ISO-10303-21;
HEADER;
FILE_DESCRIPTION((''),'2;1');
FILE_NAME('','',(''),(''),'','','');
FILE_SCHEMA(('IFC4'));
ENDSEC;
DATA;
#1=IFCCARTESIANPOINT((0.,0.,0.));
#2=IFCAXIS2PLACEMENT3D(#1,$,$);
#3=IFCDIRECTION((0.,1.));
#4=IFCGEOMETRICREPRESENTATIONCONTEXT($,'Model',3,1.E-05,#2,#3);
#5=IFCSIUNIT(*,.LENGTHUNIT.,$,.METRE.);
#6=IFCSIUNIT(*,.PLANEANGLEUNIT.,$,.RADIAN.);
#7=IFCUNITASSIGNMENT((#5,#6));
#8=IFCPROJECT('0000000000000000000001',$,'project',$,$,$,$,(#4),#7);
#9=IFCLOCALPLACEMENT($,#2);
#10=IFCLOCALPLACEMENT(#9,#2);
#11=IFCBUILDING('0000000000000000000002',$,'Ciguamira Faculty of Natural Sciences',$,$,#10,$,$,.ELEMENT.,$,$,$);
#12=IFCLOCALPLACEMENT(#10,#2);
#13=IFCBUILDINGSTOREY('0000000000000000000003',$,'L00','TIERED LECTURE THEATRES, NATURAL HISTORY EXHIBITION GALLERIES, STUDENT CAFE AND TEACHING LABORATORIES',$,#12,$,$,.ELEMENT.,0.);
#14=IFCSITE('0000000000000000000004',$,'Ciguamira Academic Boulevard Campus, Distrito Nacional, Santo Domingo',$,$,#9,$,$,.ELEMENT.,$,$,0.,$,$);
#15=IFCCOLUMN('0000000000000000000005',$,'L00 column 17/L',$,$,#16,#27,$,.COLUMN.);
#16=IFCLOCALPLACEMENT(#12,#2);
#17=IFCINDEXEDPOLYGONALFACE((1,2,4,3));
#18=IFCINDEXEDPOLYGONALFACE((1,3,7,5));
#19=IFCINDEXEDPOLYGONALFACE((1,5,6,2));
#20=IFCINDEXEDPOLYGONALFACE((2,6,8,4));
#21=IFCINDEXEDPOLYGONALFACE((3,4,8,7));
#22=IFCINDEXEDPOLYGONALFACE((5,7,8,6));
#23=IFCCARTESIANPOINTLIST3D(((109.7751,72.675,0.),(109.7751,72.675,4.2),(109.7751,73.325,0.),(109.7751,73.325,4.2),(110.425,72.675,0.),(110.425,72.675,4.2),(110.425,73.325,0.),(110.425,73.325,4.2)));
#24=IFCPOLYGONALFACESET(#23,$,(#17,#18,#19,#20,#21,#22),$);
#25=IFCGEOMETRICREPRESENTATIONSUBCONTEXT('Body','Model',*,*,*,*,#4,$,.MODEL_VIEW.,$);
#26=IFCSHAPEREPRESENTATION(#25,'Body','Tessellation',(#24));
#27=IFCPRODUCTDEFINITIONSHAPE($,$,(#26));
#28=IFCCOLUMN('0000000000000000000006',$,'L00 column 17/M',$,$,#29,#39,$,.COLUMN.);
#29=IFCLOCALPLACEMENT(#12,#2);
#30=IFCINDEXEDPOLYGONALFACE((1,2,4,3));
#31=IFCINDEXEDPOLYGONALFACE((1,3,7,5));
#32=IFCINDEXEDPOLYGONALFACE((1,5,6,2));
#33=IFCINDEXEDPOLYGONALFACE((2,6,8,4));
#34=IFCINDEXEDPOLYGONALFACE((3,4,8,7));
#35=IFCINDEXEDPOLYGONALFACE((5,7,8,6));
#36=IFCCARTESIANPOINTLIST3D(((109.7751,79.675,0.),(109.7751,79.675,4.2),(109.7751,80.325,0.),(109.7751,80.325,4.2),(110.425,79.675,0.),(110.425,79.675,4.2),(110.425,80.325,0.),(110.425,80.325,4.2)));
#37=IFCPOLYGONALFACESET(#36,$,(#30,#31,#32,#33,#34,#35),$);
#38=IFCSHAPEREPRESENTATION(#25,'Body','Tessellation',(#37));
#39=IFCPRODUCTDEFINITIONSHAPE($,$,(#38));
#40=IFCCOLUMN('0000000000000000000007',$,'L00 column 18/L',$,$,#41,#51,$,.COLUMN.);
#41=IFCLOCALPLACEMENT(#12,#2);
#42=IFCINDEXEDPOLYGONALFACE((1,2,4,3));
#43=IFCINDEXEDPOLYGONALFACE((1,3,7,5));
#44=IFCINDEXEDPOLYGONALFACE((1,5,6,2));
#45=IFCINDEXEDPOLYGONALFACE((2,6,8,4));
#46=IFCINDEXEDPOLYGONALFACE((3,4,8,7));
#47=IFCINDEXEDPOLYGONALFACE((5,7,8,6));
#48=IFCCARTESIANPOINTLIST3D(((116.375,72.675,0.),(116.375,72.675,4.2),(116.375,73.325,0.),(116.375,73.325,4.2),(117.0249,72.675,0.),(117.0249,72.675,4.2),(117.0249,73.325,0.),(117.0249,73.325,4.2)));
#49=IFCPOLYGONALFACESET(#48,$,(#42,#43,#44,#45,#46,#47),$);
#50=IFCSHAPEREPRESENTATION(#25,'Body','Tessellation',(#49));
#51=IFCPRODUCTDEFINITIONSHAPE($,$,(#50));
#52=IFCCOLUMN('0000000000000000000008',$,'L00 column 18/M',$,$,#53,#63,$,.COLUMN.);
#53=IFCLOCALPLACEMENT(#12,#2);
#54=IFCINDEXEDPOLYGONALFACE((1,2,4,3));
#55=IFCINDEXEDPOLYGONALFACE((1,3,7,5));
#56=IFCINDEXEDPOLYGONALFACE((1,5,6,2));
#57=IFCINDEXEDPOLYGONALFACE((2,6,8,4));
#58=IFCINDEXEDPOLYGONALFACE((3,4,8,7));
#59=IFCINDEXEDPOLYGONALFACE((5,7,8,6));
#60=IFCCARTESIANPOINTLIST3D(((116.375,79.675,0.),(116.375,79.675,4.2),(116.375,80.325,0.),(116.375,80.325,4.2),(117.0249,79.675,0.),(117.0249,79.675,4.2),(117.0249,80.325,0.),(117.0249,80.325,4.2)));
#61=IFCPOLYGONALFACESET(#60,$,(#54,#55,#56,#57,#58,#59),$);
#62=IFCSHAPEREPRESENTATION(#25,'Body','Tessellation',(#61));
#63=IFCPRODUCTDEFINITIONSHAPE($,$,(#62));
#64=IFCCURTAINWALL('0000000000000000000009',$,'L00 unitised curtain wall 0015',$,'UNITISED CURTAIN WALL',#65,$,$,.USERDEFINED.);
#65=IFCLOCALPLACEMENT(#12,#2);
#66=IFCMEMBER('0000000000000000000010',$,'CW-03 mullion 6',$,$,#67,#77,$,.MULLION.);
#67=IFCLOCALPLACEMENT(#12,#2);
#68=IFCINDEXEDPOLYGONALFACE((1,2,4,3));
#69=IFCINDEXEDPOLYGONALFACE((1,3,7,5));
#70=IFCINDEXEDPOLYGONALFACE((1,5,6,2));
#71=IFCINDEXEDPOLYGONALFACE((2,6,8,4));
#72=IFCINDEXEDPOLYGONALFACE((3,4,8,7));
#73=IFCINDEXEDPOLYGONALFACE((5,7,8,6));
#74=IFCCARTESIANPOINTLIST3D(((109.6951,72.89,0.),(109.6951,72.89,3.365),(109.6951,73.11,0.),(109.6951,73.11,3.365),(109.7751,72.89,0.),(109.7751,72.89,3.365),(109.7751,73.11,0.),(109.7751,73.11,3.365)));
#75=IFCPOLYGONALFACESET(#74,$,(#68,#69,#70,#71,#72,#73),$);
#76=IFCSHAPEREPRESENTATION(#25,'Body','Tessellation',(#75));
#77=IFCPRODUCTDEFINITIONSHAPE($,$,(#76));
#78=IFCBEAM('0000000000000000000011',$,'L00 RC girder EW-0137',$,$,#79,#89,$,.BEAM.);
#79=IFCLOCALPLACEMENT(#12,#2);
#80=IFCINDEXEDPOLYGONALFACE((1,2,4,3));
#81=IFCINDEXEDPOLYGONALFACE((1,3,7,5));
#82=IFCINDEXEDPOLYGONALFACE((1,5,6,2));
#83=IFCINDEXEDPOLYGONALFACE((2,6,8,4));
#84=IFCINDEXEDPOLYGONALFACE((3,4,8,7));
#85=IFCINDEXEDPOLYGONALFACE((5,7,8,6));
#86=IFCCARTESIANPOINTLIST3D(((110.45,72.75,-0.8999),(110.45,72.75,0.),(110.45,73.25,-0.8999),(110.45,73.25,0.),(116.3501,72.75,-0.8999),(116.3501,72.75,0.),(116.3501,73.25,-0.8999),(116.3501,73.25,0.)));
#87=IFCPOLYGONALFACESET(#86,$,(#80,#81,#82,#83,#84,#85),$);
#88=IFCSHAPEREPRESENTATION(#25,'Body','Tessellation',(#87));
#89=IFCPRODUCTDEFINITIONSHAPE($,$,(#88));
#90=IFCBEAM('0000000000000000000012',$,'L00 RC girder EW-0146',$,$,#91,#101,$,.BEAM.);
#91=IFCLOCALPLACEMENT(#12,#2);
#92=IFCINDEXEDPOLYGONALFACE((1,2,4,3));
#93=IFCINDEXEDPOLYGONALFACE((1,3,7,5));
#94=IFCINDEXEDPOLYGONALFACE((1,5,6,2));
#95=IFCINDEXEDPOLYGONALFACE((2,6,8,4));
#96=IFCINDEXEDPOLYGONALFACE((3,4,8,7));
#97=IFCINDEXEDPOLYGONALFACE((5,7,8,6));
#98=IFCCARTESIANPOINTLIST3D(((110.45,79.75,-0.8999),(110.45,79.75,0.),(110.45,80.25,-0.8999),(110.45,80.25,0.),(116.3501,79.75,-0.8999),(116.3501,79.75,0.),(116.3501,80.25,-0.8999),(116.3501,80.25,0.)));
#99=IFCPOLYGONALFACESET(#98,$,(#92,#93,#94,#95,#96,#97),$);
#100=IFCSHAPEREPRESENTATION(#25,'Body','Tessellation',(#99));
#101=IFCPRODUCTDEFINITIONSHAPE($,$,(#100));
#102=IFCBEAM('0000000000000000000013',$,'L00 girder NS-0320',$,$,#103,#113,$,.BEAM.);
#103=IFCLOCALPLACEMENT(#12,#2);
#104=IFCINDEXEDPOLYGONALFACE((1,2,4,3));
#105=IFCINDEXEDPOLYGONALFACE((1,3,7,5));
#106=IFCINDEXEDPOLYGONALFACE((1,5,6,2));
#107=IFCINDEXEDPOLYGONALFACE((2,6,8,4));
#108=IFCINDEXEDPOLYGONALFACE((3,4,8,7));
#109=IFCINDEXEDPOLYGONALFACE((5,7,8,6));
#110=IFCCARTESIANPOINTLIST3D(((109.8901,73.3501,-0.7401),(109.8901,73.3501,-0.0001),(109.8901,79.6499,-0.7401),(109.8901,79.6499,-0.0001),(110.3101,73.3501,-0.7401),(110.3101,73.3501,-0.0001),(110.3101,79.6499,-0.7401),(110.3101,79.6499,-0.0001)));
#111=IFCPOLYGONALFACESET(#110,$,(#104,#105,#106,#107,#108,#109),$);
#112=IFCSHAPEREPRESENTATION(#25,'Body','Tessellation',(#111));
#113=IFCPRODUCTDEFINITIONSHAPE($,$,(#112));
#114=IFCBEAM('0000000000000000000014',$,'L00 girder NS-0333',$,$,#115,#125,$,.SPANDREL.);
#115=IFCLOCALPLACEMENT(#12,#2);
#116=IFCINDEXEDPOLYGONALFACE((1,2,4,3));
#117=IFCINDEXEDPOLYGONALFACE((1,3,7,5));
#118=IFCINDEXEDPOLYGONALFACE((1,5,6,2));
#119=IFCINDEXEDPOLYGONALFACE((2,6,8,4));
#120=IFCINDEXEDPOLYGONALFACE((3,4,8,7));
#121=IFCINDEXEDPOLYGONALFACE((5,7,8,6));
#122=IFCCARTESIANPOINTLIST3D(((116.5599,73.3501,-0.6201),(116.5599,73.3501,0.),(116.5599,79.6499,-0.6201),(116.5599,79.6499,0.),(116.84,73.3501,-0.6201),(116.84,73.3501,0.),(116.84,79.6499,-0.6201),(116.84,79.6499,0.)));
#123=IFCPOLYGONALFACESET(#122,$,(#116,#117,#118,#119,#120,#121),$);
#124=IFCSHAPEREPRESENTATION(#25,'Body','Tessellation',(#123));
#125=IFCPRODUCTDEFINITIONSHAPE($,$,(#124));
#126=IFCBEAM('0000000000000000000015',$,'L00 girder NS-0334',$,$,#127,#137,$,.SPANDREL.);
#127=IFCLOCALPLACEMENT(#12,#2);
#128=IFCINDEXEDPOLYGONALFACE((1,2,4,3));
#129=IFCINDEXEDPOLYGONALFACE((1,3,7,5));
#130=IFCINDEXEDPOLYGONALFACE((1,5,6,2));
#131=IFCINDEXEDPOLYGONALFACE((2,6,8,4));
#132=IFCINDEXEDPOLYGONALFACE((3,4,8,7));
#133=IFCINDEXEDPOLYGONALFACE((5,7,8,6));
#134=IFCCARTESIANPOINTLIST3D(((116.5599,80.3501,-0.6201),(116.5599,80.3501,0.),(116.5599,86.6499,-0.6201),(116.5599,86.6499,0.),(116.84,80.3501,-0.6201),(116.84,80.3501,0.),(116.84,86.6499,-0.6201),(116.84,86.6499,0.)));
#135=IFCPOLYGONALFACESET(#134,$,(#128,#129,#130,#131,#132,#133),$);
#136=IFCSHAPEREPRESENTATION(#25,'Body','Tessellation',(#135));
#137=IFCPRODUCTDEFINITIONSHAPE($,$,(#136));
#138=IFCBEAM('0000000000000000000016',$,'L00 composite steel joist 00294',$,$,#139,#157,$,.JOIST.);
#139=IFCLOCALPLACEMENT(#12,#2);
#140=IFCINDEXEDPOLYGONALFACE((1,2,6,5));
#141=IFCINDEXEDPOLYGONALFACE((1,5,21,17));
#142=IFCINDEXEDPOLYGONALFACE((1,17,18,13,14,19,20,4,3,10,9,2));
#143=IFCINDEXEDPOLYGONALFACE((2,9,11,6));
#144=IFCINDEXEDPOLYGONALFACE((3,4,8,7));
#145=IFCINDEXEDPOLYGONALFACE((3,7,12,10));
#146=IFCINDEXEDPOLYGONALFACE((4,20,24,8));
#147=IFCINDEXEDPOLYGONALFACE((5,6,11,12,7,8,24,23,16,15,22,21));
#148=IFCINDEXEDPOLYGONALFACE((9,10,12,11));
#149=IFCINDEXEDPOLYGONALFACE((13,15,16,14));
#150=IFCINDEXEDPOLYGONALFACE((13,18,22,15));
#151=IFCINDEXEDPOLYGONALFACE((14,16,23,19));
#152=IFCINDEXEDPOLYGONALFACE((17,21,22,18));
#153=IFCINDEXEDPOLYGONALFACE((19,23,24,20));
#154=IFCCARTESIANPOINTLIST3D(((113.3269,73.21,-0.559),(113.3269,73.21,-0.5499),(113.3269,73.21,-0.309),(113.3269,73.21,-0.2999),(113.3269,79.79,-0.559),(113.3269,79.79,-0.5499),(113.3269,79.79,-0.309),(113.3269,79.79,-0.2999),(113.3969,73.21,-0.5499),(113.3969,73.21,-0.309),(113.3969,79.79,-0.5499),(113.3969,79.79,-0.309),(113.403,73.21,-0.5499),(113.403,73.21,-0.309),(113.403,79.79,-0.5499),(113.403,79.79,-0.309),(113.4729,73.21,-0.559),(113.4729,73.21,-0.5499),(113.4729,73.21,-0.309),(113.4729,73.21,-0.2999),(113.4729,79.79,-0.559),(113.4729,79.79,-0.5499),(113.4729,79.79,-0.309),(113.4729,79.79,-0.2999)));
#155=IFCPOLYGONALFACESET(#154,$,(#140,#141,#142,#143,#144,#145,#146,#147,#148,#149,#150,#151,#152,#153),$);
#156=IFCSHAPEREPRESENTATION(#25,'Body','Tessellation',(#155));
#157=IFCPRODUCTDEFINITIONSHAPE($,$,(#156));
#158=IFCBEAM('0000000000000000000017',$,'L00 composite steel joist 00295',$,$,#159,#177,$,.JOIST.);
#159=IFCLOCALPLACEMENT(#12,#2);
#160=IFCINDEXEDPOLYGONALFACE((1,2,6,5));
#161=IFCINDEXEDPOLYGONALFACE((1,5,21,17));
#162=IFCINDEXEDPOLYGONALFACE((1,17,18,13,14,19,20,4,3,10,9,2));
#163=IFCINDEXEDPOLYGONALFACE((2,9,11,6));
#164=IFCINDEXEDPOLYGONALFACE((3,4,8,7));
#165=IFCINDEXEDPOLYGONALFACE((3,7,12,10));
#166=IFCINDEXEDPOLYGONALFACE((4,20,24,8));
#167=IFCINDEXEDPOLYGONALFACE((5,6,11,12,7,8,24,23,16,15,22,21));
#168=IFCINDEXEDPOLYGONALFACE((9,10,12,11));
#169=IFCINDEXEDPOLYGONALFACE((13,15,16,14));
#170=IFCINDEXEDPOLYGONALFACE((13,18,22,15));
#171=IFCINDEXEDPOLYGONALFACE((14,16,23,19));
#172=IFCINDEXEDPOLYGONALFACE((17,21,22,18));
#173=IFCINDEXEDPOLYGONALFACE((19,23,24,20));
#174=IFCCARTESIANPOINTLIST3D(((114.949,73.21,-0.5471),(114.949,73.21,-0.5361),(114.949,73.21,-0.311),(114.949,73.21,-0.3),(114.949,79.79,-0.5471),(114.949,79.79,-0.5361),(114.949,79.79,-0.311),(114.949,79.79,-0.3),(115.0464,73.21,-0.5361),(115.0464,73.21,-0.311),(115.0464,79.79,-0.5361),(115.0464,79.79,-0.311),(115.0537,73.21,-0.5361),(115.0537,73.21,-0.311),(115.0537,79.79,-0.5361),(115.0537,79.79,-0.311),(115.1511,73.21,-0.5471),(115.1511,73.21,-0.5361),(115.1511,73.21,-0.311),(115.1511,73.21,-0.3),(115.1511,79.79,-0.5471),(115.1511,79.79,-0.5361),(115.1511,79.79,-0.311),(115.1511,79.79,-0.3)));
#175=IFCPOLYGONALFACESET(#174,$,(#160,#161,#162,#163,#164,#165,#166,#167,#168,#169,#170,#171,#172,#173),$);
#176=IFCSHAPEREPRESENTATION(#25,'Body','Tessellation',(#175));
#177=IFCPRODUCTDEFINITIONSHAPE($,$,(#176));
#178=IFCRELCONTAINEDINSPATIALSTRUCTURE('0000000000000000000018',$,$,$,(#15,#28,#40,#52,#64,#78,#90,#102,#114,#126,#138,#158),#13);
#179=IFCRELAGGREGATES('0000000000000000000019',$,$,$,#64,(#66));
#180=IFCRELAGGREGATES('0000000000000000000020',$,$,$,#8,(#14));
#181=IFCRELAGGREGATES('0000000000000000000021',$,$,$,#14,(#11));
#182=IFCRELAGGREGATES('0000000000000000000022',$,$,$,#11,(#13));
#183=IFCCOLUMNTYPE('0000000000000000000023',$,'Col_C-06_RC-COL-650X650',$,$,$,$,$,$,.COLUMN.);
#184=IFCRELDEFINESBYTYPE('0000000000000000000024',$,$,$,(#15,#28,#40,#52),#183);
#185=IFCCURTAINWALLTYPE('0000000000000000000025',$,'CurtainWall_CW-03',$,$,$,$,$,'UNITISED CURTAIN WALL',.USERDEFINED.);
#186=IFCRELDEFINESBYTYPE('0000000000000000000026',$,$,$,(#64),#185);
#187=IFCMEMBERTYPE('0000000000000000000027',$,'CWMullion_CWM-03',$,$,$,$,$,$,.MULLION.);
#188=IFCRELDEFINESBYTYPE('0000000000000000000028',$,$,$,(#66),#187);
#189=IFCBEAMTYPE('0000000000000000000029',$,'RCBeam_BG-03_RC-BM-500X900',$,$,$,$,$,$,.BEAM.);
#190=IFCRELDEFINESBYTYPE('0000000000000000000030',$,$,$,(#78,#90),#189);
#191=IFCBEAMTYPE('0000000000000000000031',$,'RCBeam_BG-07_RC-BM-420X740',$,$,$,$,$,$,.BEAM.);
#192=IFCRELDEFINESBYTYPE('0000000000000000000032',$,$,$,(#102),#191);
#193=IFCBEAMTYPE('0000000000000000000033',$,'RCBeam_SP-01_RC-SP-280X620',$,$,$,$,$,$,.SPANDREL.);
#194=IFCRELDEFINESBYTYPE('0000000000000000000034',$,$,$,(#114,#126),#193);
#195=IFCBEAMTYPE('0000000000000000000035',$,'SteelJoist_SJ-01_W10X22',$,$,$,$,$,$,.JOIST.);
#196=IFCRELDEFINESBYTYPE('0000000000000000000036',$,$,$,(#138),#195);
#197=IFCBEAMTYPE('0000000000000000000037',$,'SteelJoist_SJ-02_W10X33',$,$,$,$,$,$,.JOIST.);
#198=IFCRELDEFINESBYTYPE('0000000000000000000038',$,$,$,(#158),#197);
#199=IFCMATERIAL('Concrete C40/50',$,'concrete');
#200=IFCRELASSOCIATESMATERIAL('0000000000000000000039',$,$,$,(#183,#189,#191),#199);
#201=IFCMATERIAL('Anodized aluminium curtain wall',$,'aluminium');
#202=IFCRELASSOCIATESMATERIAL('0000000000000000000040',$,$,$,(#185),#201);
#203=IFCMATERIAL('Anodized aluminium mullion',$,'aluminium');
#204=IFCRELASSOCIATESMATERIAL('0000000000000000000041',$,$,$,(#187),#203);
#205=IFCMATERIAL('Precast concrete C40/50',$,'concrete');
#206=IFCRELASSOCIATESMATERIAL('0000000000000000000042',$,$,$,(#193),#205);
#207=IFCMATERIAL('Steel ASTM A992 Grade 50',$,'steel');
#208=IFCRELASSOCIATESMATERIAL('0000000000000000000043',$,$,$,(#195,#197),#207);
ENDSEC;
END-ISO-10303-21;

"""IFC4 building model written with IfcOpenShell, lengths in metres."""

from ifc_helpers import new_model, si_unit, direction, frame, origin, origin_2d, place, context, subcontext, project, spatial, rectangle, i_section, extrude, material, material_profile, profile_set, type_object, element, aggregate, save


model = new_model("IFC4")

# Units and contexts
model_context = context("Model", 3, precision=1e-05, world=origin(), true_north=direction((0.0, 1.0)))
body_context = subcontext(model_context, "Body", "Model", "MODEL_VIEW")
ifc_project = project(units=[si_unit("LENGTHUNIT", "METRE"), si_unit("PLANEANGLEUNIT", "RADIAN")], contexts=[model_context])

# Site, building, storey
site_placement = place(None, origin())
site = spatial("IfcSite", under=ifc_project, at=site_placement, Name="Ciguamira Academic Boulevard Campus, Distrito Nacional, Santo Domingo", CompositionType="ELEMENT", RefElevation=0.0)
building_placement = place(site_placement, origin())
building = spatial("IfcBuilding", under=site, at=building_placement, Name="Ciguamira Faculty of Natural Sciences", CompositionType="ELEMENT")
storey_placement = place(building_placement, origin())
storey = spatial("IfcBuildingStorey", under=building, at=storey_placement, Name="L00", Description="TIERED LECTURE THEATRES, NATURAL HISTORY EXHIBITION GALLERIES, STUDENT CAFE AND TEACHING LABORATORIES", CompositionType="ELEMENT", Elevation=0.0)

# Columns
ifc_material_1 = material(Name="Concrete C40/50", Category="concrete")
ifc_material_profile_1 = material_profile(ifc_material_1, rectangle(XDim=0.6499, YDim=0.6499, at=origin_2d()), Name="RC-COL-650X650")
ifc_profile_set_1 = profile_set([ifc_material_profile_1], Name="Concrete C40/50")
column_type = type_object("IfcColumnType", Name="Col_C-06_RC-COL-650X650", PredefinedType="COLUMN", material=ifc_profile_set_1)
for number, where, z_axis, x_axis, name in (
    (1, (110.1001, 73.0, 0.0), (0.0, 0.0, 1.0), (1.0, 0.0, 0.0), "L00 column 17/L"),
    (2, (110.1001, 80.0, 0.0), (0.0, 0.0, 1.0), (1.0, 0.0, 0.0), "L00 column 17/M"),
    (3, (116.7, 73.0, 0.0), (0.0, 0.0, 1.0), (1.0, 0.0, 0.0), "L00 column 18/L"),
    (4, (116.7, 80.0, 0.0), (0.0, 0.0, 1.0), (1.0, 0.0, 0.0), "L00 column 18/M"),
):
    element("IfcColumn", number, at=place(storey_placement, frame(where, z_axis=z_axis, x_axis=x_axis)), inside=storey, type_object=column_type, Name=name, PredefinedType="COLUMN", context=body_context, shape_type="SweptSolid", body=[
        extrude(rectangle(XDim=0.6499, YDim=0.6499, at=origin_2d()), origin(), (0.0, 0.0, 1.0), 4.2),
    ])

# Curtain wall, member
ifc_material_2 = material(Name="Anodized aluminium curtain wall", Category="aluminium")
curtain_wall_type = type_object("IfcCurtainWallType", Name="CurtainWall_CW-03", ElementType="UNITISED CURTAIN WALL", PredefinedType="USERDEFINED", material=ifc_material_2)
curtain_wall_placement = place(storey_placement, origin())
curtain_wall = element("IfcCurtainWall", 5, at=curtain_wall_placement, inside=storey, type_object=curtain_wall_type, Name="L00 unitised curtain wall 0015", ObjectType="UNITISED CURTAIN WALL", PredefinedType="USERDEFINED")
ifc_material_3 = material(Name="Anodized aluminium mullion", Category="aluminium")
ifc_material_profile_2 = material_profile(ifc_material_3, rectangle(XDim=0.0801, YDim=0.22, at=origin_2d()), Name="ALU-MUL-80X220")
ifc_profile_set_2 = profile_set([ifc_material_profile_2], Name="Anodized aluminium mullion")
member_type = type_object("IfcMemberType", Name="CWMullion_CWM-03", PredefinedType="MULLION", material=ifc_profile_set_2)
member_placement = place(storey_placement, frame((109.7351, 73.0, 0.0), z_axis=(0.0, 0.0, 1.0), x_axis=(1.0, 0.0, 0.0)))
member = element("IfcMember", 6, at=member_placement, type_object=member_type, Name="CW-03 mullion 6", PredefinedType="MULLION", context=body_context, shape_type="SweptSolid", body=[
    extrude(rectangle(XDim=0.0801, YDim=0.22, at=origin_2d()), origin(), (0.0, 0.0, 1.0), 3.365),
])

# Beams
ifc_material_profile_3 = material_profile(ifc_material_1, rectangle(XDim=0.5, YDim=0.8999, at=origin_2d()), Name="RC-BM-500X900")
ifc_profile_set_3 = profile_set([ifc_material_profile_3], Name="Concrete C40/50")
beam_type_1 = type_object("IfcBeamType", Name="RCBeam_BG-03_RC-BM-500X900", PredefinedType="BEAM", material=ifc_profile_set_3)
for number, where, z_axis, x_axis, name in (
    (7, (110.45, 73.0, -0.45), (1.0, 0.0, 0.0), (0.0, 1.0, 0.0), "L00 RC girder EW-0137"),
    (8, (110.45, 80.0, -0.45), (1.0, 0.0, 0.0), (0.0, 1.0, 0.0), "L00 RC girder EW-0146"),
):
    element("IfcBeam", number, at=place(storey_placement, frame(where, z_axis=z_axis, x_axis=x_axis)), inside=storey, type_object=beam_type_1, Name=name, PredefinedType="BEAM", context=body_context, shape_type="SweptSolid", body=[
        extrude(rectangle(XDim=0.5, YDim=0.8999, at=origin_2d()), origin(), (0.0, 0.0, 1.0), 5.9001),
    ])
ifc_material_profile_4 = material_profile(ifc_material_1, rectangle(XDim=0.4199, YDim=0.74, at=origin_2d()), Name="RC-BM-420X740")
ifc_profile_set_4 = profile_set([ifc_material_profile_4], Name="Concrete C40/50")
beam_type_2 = type_object("IfcBeamType", Name="RCBeam_BG-07_RC-BM-420X740", PredefinedType="BEAM", material=ifc_profile_set_4)
beam_1_placement = place(storey_placement, frame((110.1001, 73.3501, -0.3701), z_axis=(0.0, 1.0, 0.0), x_axis=(-1.0, 0.0, 0.0)))
element("IfcBeam", 9, at=beam_1_placement, inside=storey, type_object=beam_type_2, Name="L00 girder NS-0320", PredefinedType="BEAM", context=body_context, shape_type="SweptSolid", body=[
    extrude(rectangle(XDim=0.4199, YDim=0.74, at=origin_2d()), origin(), (0.0, 0.0, 1.0), 6.2998),
])
ifc_material_4 = material(Name="Precast concrete C40/50", Category="concrete")
ifc_material_profile_5 = material_profile(ifc_material_4, rectangle(XDim=0.28, YDim=0.6201, at=origin_2d()), Name="RC-SP-280X620")
ifc_profile_set_5 = profile_set([ifc_material_profile_5], Name="Precast concrete C40/50")
beam_type_3 = type_object("IfcBeamType", Name="RCBeam_SP-01_RC-SP-280X620", PredefinedType="SPANDREL", material=ifc_profile_set_5)
for number, where, z_axis, x_axis, name in (
    (10, (116.7, 73.3501, -0.3101), (0.0, 1.0, 0.0), (-1.0, 0.0, 0.0), "L00 girder NS-0333"),
    (11, (116.7, 80.3501, -0.3101), (0.0, 1.0, 0.0), (-1.0, 0.0, 0.0), "L00 girder NS-0334"),
):
    element("IfcBeam", number, at=place(storey_placement, frame(where, z_axis=z_axis, x_axis=x_axis)), inside=storey, type_object=beam_type_3, Name=name, PredefinedType="SPANDREL", context=body_context, shape_type="SweptSolid", body=[
        extrude(rectangle(XDim=0.28, YDim=0.6201, at=origin_2d()), origin(), (0.0, 0.0, 1.0), 6.2998),
    ])
ifc_material_5 = material(Name="Steel ASTM A992 Grade 50", Category="steel")
ifc_material_profile_6 = material_profile(ifc_material_5, i_section(OverallWidth=0.146, OverallDepth=0.259, WebThickness=0.0061, FlangeThickness=0.009, at=origin_2d()), Name="W10X22")
ifc_profile_set_6 = profile_set([ifc_material_profile_6], Name="Steel ASTM A992 Grade 50")
beam_type_4 = type_object("IfcBeamType", Name="SteelJoist_SJ-01_W10X22", PredefinedType="JOIST", material=ifc_profile_set_6)
beam_2_placement = place(storey_placement, frame((113.3999, 73.21, -0.4294), z_axis=(0.0, 1.0, 0.0), x_axis=(-1.0, 0.0, 0.0)))
element("IfcBeam", 12, at=beam_2_placement, inside=storey, type_object=beam_type_4, Name="L00 composite steel joist 00294", PredefinedType="JOIST", context=body_context, shape_type="SweptSolid", body=[
    extrude(i_section(OverallWidth=0.146, OverallDepth=0.259, WebThickness=0.0061, FlangeThickness=0.009, at=origin_2d()), origin(), (0.0, 0.0, 1.0), 6.5801),
])
ifc_material_profile_7 = material_profile(ifc_material_5, i_section(OverallWidth=0.2021, OverallDepth=0.2471, WebThickness=0.0073, FlangeThickness=0.011, at=origin_2d()), Name="W10X33")
ifc_profile_set_7 = profile_set([ifc_material_profile_7], Name="Steel ASTM A992 Grade 50")
beam_type_5 = type_object("IfcBeamType", Name="SteelJoist_SJ-02_W10X33", PredefinedType="JOIST", material=ifc_profile_set_7)
beam_3_placement = place(storey_placement, frame((115.05, 73.21, -0.4236), z_axis=(0.0, 1.0, 0.0), x_axis=(-1.0, 0.0, 0.0)))
element("IfcBeam", 13, at=beam_3_placement, inside=storey, type_object=beam_type_5, Name="L00 composite steel joist 00295", PredefinedType="JOIST", context=body_context, shape_type="SweptSolid", body=[
    extrude(i_section(OverallWidth=0.2021, OverallDepth=0.2471, WebThickness=0.0073, FlangeThickness=0.011, at=origin_2d()), origin(), (0.0, 0.0, 1.0), 6.5801),
])

aggregate(curtain_wall, [member])

save(model, "model.ifc")
